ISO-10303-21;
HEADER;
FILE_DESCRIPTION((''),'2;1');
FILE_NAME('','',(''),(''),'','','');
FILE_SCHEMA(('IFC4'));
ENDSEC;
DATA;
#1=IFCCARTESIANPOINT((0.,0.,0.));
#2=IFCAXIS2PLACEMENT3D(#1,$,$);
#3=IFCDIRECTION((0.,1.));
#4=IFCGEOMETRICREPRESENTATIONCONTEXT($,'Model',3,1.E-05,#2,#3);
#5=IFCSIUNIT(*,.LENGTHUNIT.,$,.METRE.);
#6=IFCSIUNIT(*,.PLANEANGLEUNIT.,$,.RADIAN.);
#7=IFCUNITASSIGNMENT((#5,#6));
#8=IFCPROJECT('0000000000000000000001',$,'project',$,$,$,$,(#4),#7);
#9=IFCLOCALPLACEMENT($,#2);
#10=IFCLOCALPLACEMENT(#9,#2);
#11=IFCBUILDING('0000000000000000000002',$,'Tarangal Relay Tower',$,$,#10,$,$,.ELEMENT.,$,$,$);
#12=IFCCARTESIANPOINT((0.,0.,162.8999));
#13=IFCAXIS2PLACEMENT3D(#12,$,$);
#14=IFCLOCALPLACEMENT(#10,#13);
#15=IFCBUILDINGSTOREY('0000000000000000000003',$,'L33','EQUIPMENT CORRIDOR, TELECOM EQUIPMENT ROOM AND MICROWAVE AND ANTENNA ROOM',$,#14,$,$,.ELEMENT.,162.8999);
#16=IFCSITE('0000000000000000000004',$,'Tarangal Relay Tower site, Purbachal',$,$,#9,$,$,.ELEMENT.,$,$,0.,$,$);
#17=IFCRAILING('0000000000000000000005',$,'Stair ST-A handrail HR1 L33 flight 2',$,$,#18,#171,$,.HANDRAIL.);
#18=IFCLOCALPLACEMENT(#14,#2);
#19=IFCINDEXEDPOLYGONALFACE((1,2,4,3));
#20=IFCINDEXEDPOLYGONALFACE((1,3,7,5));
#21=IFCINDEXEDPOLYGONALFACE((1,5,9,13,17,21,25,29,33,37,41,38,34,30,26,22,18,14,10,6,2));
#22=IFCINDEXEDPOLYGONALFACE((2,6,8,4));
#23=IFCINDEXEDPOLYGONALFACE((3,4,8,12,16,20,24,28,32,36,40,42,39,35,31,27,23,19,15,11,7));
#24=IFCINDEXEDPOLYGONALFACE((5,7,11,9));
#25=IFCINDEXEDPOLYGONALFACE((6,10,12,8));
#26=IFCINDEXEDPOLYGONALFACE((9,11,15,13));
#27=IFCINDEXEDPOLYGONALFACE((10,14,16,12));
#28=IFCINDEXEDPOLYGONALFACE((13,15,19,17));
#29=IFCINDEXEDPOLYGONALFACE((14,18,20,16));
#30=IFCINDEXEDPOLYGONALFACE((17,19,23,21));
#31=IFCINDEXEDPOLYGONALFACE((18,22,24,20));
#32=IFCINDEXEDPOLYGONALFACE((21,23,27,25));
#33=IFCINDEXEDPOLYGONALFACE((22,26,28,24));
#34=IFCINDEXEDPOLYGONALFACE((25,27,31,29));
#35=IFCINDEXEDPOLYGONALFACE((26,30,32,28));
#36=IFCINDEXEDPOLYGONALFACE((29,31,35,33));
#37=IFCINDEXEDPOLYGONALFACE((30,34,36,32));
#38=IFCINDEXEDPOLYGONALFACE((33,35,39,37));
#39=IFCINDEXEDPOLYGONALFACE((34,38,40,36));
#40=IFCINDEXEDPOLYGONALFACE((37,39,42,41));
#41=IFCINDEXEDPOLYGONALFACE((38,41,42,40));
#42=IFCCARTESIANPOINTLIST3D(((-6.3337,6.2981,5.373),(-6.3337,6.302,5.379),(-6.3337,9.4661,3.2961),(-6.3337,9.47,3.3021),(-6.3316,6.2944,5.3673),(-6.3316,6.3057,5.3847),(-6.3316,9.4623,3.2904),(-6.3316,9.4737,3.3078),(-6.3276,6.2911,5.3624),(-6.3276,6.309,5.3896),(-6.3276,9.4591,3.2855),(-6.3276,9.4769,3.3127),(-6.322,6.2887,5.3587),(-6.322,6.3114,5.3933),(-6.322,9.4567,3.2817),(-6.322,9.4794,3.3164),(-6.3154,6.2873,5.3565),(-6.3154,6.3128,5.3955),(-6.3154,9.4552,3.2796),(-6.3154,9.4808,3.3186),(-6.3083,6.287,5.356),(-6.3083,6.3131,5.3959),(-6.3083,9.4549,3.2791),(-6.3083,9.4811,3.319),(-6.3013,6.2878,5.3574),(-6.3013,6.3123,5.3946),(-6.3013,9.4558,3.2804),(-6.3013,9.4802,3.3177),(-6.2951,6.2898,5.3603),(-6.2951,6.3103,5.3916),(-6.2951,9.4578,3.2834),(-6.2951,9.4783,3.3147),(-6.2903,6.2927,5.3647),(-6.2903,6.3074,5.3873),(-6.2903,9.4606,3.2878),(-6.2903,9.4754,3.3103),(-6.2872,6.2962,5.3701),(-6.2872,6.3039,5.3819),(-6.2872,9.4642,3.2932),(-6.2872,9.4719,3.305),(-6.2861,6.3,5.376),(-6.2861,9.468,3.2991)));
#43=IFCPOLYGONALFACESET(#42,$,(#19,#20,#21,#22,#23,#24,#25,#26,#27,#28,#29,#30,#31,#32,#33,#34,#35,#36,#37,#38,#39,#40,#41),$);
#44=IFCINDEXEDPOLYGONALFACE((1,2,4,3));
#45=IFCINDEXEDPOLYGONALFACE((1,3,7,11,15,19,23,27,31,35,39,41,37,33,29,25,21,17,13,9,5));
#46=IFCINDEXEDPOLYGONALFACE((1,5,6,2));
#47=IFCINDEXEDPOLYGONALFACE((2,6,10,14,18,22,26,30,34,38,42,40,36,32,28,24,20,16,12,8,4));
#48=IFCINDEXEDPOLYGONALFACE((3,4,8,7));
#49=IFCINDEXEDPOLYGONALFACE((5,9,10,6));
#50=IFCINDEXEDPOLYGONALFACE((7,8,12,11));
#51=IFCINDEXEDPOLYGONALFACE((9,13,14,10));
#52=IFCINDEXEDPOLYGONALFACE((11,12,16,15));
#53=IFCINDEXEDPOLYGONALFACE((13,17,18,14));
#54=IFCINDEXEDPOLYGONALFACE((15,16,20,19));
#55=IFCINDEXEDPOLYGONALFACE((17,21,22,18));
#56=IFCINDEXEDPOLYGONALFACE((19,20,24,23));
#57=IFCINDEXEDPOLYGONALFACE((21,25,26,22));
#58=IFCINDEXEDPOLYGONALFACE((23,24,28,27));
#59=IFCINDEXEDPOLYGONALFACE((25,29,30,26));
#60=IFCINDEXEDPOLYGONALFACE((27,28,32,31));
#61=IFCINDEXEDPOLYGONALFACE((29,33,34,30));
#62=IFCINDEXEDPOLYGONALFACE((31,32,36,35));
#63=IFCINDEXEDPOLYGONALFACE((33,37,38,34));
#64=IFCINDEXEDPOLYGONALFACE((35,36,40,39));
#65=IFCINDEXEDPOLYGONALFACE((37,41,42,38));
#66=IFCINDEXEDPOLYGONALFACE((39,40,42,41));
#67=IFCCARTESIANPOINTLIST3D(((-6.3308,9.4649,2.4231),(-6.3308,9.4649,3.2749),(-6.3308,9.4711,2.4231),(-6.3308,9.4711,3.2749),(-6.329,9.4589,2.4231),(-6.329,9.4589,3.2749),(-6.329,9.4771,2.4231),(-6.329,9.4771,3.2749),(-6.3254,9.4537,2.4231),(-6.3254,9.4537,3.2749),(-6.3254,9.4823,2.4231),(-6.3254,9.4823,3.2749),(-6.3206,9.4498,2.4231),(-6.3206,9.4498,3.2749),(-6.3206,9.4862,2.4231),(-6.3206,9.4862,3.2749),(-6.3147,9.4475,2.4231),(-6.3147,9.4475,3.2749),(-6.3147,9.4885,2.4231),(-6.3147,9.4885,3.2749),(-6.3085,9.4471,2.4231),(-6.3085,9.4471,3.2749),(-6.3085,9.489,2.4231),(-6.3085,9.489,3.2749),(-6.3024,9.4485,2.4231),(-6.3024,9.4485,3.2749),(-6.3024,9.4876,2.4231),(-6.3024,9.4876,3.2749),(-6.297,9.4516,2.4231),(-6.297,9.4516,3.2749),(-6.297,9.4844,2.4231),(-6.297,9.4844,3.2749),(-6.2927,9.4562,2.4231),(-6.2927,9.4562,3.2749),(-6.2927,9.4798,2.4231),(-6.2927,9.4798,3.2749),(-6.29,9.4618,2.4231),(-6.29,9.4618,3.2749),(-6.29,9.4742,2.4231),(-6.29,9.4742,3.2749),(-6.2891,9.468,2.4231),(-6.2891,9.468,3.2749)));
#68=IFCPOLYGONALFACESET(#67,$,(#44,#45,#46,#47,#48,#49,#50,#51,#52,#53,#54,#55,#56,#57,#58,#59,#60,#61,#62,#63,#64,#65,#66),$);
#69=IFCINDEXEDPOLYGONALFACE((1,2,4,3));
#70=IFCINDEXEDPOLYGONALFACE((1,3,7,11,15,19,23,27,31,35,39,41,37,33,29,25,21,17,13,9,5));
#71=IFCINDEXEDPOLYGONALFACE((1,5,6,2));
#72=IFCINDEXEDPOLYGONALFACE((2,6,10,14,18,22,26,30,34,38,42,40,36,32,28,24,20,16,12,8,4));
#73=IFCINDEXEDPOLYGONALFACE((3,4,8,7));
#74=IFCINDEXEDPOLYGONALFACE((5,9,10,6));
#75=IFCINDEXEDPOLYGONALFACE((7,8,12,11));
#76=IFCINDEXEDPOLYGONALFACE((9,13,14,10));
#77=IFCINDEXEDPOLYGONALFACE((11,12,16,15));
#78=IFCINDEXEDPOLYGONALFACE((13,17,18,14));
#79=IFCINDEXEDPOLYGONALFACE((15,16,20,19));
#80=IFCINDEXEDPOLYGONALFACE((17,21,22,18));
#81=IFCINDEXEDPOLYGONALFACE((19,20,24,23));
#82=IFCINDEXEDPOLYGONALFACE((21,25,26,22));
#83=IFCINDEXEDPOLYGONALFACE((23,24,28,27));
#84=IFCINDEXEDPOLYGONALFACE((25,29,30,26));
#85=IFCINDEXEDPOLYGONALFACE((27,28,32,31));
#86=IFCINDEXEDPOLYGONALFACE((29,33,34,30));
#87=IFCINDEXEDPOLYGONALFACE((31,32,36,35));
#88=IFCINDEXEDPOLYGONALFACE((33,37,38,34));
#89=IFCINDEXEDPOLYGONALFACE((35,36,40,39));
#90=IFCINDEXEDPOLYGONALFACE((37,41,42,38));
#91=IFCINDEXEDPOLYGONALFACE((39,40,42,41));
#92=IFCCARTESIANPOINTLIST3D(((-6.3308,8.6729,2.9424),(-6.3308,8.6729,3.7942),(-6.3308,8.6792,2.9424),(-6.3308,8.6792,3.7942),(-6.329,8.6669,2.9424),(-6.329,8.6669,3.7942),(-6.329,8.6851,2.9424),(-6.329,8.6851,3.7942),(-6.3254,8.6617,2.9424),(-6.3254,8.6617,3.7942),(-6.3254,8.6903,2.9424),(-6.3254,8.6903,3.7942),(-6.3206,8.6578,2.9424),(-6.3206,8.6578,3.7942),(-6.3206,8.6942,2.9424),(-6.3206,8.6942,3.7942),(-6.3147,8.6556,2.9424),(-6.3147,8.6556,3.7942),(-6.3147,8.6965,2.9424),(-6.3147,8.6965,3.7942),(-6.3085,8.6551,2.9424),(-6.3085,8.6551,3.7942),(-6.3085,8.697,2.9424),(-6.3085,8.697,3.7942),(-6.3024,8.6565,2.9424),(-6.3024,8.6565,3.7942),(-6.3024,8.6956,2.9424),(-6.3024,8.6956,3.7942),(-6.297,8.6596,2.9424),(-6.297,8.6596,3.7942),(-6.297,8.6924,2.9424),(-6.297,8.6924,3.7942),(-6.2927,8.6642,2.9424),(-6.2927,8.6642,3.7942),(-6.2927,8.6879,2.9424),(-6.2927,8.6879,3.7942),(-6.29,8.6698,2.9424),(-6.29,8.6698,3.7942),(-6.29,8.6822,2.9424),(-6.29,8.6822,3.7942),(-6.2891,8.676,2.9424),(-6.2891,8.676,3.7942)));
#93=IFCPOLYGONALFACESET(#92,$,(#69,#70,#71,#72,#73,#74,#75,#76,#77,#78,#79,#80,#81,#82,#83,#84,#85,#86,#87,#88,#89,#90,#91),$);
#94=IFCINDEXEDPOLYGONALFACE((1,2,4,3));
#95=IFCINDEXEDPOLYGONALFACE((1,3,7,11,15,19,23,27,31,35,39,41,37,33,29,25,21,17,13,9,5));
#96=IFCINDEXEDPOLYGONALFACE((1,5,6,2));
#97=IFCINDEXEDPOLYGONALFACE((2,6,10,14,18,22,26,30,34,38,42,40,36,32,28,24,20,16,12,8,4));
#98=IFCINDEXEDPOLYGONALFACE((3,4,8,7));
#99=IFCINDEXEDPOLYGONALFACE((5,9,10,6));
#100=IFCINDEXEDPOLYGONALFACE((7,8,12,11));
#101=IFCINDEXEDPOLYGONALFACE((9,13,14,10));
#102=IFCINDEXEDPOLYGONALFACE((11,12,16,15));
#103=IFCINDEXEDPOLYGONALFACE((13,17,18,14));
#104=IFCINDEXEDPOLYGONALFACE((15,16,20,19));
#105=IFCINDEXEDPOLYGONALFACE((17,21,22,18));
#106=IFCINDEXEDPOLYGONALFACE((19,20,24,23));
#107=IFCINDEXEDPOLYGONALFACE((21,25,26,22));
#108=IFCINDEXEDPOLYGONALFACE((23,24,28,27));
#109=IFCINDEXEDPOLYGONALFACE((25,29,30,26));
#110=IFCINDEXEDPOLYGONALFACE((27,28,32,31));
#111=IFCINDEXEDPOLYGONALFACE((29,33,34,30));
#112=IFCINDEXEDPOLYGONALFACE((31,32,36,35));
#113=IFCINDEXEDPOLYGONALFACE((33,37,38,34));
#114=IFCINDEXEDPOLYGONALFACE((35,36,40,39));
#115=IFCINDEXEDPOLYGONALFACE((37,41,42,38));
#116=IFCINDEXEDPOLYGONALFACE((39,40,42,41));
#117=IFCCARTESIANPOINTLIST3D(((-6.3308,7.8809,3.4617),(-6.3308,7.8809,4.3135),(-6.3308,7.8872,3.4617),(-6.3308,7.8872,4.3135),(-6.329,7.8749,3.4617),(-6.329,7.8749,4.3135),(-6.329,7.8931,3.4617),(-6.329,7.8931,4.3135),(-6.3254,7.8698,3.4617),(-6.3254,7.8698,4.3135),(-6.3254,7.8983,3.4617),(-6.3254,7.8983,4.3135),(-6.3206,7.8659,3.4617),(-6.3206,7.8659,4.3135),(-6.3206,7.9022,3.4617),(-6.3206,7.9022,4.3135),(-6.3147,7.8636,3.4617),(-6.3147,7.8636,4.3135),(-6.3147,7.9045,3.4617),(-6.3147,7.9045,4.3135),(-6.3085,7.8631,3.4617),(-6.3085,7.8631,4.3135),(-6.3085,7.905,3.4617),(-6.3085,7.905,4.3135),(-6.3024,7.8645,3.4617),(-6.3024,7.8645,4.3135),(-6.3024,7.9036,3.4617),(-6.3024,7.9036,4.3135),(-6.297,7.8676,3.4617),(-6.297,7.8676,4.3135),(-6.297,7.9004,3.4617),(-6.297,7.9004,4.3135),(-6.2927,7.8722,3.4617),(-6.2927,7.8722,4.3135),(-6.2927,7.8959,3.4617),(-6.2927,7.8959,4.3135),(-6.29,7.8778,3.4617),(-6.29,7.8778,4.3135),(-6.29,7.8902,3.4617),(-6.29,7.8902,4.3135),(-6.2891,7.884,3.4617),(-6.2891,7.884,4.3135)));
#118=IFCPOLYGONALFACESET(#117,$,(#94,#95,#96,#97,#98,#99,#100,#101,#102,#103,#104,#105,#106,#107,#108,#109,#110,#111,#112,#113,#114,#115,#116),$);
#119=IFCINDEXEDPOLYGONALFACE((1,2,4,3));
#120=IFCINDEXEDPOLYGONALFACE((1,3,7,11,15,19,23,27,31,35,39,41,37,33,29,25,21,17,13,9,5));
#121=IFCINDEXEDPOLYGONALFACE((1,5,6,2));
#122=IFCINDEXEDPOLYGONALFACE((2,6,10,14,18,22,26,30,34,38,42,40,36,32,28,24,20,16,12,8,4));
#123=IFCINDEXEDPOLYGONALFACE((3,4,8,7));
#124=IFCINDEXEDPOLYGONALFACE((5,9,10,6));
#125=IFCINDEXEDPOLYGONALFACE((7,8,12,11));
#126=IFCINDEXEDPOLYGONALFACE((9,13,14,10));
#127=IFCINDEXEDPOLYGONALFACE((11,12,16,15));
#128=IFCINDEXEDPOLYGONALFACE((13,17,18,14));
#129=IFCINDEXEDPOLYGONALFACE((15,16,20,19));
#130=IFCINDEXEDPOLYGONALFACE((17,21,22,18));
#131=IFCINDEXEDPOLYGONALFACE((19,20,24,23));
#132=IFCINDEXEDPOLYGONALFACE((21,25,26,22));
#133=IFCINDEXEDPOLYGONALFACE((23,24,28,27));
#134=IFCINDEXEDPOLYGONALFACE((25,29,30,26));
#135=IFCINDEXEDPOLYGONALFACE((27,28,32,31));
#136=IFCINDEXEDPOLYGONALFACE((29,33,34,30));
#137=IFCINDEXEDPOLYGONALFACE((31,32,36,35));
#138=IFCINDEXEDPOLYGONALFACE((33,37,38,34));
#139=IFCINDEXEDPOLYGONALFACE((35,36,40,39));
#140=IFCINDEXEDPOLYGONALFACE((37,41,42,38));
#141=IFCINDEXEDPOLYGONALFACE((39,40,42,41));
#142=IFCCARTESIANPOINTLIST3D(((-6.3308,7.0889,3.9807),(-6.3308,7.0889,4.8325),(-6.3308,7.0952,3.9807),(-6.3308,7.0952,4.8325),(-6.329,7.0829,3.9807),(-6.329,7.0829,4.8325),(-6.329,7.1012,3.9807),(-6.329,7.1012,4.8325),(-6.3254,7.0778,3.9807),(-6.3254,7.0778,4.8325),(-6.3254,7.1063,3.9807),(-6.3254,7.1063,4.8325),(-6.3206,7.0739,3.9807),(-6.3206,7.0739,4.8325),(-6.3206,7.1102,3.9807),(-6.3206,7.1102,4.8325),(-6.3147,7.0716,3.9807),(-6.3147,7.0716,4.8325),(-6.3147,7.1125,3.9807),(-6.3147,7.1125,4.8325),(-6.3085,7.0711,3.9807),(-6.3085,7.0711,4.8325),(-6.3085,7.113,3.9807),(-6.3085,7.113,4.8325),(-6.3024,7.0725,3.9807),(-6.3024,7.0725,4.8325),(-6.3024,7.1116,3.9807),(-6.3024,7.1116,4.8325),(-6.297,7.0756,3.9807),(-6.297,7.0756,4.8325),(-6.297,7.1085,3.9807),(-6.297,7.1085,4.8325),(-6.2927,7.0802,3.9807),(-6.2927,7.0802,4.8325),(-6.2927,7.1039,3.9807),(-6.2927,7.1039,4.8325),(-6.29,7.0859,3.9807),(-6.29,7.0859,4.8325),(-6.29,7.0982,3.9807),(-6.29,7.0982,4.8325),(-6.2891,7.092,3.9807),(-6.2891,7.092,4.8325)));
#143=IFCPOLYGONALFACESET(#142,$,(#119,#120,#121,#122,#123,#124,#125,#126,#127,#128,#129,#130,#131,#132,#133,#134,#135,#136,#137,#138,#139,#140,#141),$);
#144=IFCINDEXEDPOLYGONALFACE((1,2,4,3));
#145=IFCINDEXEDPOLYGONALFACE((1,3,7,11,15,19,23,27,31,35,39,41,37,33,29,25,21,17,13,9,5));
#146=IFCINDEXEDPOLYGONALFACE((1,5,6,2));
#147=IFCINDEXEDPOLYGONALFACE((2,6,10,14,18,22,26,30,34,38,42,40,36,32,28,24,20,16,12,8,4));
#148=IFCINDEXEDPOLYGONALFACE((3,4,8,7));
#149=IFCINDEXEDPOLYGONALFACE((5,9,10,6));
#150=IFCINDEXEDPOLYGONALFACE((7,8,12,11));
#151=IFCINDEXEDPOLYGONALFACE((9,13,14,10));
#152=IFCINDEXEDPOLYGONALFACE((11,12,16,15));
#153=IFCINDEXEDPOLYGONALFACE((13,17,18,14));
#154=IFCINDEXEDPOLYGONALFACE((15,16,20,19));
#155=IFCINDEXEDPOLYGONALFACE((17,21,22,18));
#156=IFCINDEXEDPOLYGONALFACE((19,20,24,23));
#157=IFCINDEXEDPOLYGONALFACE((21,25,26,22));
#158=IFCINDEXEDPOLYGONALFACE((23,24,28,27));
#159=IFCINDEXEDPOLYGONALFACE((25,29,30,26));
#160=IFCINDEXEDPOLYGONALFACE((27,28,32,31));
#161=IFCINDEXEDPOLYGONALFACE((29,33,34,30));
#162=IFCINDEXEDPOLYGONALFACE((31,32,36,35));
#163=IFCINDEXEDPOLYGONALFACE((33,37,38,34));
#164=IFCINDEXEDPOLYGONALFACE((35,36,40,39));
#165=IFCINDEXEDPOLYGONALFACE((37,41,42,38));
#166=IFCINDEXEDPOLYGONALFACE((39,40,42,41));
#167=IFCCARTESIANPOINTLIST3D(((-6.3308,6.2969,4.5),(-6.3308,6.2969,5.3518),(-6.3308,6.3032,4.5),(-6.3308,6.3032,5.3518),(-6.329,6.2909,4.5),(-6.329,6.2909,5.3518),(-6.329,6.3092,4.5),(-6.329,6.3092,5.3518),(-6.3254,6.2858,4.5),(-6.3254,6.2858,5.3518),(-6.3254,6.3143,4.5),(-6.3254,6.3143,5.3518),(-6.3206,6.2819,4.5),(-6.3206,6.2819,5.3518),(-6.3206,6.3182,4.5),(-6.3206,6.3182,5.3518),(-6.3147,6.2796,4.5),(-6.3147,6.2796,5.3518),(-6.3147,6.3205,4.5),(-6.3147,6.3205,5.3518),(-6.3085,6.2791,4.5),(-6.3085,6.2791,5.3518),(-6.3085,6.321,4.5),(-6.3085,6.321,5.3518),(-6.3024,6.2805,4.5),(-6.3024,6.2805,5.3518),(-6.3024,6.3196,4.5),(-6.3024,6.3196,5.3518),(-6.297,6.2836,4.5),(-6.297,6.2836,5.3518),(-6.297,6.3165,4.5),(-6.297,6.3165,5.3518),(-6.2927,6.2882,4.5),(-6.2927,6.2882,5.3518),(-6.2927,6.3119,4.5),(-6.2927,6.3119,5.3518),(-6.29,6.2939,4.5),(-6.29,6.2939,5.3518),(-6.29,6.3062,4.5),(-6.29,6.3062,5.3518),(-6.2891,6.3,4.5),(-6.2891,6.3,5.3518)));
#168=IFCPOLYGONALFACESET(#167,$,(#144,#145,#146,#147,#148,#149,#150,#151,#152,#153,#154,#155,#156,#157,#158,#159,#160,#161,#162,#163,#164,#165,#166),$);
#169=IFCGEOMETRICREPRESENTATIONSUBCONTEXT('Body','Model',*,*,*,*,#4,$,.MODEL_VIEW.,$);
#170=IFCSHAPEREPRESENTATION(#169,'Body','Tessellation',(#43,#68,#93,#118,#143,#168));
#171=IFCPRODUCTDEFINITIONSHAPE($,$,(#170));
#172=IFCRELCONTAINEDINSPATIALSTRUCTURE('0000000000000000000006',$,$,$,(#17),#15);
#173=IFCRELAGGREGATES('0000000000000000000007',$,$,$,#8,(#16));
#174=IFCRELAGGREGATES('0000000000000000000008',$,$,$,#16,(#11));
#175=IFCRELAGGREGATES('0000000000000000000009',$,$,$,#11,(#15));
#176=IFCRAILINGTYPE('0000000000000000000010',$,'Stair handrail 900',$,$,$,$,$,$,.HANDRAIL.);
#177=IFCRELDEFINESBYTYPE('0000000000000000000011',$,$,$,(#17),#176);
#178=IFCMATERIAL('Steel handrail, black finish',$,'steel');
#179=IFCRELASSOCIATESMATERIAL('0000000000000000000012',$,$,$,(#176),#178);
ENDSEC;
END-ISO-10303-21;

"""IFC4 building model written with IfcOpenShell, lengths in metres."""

from ifc_helpers import new_model, si_unit, direction, frame, origin, origin_2d, place, context, subcontext, project, spatial, circle, extrude, material, type_object, element, save


model = new_model("IFC4")

# Units and contexts
model_context = context("Model", 3, precision=1e-05, world=origin(), true_north=direction((0.0, 1.0)))
body_context = subcontext(model_context, "Body", "Model", "MODEL_VIEW")
ifc_project = project(units=[si_unit("LENGTHUNIT", "METRE"), si_unit("PLANEANGLEUNIT", "RADIAN")], contexts=[model_context])

# Site, building, storey
site_placement = place(None, origin())
site = spatial("IfcSite", under=ifc_project, at=site_placement, Name="Tarangal Relay Tower site, Purbachal", CompositionType="ELEMENT", RefElevation=0.0)
building_placement = place(site_placement, origin())
building = spatial("IfcBuilding", under=site, at=building_placement, Name="Tarangal Relay Tower", CompositionType="ELEMENT")
storey_placement = place(building_placement, frame((0.0, 0.0, 162.8999)))
storey = spatial("IfcBuildingStorey", under=building, at=storey_placement, Name="L33", Description="EQUIPMENT CORRIDOR, TELECOM EQUIPMENT ROOM AND MICROWAVE AND ANTENNA ROOM", CompositionType="ELEMENT", Elevation=162.8999)

# Railing
ifc_material_1 = material(Name="Steel handrail, black finish", Category="steel")
railing_type_1 = type_object("IfcRailingType", Name="Stair handrail 900", PredefinedType="HANDRAIL", material=ifc_material_1)
railing_1_placement = place(storey_placement, frame((-6.3101, 9.468, 2.4231)))
element("IfcRailing", 1, at=railing_1_placement, inside=storey, type_object=railing_type_1, Name="Stair ST-A handrail HR1 L33 flight 2", PredefinedType="HANDRAIL", context=body_context, shape_type="SweptSolid", body=[
    extrude(circle(Radius=0.0239, at=origin_2d()), frame((0.0, 0.0, 0.876), z_axis=(0.0, -0.836299, 0.548273), x_axis=(1.0, 0.0, 0.0)), (0.0, 0.0, 1.0), 3.7881),
    extrude(circle(Radius=0.021, at=origin_2d()), origin(), (0.0, 0.0, 1.0), 0.8518),
    extrude(circle(Radius=0.021, at=origin_2d()), frame((0.0, -0.792, 0.5193)), (0.0, 0.0, 1.0), 0.8518),
    extrude(circle(Radius=0.021, at=origin_2d()), frame((0.0, -1.584, 1.0386)), (0.0, 0.0, 1.0), 0.8518),
    extrude(circle(Radius=0.021, at=origin_2d()), frame((0.0, -2.376, 1.5576)), (0.0, 0.0, 1.0), 0.8518),
    extrude(circle(Radius=0.021, at=origin_2d()), frame((0.0, -3.168, 2.0769)), (0.0, 0.0, 1.0), 0.8518),
])

save(model, "model.ifc")
